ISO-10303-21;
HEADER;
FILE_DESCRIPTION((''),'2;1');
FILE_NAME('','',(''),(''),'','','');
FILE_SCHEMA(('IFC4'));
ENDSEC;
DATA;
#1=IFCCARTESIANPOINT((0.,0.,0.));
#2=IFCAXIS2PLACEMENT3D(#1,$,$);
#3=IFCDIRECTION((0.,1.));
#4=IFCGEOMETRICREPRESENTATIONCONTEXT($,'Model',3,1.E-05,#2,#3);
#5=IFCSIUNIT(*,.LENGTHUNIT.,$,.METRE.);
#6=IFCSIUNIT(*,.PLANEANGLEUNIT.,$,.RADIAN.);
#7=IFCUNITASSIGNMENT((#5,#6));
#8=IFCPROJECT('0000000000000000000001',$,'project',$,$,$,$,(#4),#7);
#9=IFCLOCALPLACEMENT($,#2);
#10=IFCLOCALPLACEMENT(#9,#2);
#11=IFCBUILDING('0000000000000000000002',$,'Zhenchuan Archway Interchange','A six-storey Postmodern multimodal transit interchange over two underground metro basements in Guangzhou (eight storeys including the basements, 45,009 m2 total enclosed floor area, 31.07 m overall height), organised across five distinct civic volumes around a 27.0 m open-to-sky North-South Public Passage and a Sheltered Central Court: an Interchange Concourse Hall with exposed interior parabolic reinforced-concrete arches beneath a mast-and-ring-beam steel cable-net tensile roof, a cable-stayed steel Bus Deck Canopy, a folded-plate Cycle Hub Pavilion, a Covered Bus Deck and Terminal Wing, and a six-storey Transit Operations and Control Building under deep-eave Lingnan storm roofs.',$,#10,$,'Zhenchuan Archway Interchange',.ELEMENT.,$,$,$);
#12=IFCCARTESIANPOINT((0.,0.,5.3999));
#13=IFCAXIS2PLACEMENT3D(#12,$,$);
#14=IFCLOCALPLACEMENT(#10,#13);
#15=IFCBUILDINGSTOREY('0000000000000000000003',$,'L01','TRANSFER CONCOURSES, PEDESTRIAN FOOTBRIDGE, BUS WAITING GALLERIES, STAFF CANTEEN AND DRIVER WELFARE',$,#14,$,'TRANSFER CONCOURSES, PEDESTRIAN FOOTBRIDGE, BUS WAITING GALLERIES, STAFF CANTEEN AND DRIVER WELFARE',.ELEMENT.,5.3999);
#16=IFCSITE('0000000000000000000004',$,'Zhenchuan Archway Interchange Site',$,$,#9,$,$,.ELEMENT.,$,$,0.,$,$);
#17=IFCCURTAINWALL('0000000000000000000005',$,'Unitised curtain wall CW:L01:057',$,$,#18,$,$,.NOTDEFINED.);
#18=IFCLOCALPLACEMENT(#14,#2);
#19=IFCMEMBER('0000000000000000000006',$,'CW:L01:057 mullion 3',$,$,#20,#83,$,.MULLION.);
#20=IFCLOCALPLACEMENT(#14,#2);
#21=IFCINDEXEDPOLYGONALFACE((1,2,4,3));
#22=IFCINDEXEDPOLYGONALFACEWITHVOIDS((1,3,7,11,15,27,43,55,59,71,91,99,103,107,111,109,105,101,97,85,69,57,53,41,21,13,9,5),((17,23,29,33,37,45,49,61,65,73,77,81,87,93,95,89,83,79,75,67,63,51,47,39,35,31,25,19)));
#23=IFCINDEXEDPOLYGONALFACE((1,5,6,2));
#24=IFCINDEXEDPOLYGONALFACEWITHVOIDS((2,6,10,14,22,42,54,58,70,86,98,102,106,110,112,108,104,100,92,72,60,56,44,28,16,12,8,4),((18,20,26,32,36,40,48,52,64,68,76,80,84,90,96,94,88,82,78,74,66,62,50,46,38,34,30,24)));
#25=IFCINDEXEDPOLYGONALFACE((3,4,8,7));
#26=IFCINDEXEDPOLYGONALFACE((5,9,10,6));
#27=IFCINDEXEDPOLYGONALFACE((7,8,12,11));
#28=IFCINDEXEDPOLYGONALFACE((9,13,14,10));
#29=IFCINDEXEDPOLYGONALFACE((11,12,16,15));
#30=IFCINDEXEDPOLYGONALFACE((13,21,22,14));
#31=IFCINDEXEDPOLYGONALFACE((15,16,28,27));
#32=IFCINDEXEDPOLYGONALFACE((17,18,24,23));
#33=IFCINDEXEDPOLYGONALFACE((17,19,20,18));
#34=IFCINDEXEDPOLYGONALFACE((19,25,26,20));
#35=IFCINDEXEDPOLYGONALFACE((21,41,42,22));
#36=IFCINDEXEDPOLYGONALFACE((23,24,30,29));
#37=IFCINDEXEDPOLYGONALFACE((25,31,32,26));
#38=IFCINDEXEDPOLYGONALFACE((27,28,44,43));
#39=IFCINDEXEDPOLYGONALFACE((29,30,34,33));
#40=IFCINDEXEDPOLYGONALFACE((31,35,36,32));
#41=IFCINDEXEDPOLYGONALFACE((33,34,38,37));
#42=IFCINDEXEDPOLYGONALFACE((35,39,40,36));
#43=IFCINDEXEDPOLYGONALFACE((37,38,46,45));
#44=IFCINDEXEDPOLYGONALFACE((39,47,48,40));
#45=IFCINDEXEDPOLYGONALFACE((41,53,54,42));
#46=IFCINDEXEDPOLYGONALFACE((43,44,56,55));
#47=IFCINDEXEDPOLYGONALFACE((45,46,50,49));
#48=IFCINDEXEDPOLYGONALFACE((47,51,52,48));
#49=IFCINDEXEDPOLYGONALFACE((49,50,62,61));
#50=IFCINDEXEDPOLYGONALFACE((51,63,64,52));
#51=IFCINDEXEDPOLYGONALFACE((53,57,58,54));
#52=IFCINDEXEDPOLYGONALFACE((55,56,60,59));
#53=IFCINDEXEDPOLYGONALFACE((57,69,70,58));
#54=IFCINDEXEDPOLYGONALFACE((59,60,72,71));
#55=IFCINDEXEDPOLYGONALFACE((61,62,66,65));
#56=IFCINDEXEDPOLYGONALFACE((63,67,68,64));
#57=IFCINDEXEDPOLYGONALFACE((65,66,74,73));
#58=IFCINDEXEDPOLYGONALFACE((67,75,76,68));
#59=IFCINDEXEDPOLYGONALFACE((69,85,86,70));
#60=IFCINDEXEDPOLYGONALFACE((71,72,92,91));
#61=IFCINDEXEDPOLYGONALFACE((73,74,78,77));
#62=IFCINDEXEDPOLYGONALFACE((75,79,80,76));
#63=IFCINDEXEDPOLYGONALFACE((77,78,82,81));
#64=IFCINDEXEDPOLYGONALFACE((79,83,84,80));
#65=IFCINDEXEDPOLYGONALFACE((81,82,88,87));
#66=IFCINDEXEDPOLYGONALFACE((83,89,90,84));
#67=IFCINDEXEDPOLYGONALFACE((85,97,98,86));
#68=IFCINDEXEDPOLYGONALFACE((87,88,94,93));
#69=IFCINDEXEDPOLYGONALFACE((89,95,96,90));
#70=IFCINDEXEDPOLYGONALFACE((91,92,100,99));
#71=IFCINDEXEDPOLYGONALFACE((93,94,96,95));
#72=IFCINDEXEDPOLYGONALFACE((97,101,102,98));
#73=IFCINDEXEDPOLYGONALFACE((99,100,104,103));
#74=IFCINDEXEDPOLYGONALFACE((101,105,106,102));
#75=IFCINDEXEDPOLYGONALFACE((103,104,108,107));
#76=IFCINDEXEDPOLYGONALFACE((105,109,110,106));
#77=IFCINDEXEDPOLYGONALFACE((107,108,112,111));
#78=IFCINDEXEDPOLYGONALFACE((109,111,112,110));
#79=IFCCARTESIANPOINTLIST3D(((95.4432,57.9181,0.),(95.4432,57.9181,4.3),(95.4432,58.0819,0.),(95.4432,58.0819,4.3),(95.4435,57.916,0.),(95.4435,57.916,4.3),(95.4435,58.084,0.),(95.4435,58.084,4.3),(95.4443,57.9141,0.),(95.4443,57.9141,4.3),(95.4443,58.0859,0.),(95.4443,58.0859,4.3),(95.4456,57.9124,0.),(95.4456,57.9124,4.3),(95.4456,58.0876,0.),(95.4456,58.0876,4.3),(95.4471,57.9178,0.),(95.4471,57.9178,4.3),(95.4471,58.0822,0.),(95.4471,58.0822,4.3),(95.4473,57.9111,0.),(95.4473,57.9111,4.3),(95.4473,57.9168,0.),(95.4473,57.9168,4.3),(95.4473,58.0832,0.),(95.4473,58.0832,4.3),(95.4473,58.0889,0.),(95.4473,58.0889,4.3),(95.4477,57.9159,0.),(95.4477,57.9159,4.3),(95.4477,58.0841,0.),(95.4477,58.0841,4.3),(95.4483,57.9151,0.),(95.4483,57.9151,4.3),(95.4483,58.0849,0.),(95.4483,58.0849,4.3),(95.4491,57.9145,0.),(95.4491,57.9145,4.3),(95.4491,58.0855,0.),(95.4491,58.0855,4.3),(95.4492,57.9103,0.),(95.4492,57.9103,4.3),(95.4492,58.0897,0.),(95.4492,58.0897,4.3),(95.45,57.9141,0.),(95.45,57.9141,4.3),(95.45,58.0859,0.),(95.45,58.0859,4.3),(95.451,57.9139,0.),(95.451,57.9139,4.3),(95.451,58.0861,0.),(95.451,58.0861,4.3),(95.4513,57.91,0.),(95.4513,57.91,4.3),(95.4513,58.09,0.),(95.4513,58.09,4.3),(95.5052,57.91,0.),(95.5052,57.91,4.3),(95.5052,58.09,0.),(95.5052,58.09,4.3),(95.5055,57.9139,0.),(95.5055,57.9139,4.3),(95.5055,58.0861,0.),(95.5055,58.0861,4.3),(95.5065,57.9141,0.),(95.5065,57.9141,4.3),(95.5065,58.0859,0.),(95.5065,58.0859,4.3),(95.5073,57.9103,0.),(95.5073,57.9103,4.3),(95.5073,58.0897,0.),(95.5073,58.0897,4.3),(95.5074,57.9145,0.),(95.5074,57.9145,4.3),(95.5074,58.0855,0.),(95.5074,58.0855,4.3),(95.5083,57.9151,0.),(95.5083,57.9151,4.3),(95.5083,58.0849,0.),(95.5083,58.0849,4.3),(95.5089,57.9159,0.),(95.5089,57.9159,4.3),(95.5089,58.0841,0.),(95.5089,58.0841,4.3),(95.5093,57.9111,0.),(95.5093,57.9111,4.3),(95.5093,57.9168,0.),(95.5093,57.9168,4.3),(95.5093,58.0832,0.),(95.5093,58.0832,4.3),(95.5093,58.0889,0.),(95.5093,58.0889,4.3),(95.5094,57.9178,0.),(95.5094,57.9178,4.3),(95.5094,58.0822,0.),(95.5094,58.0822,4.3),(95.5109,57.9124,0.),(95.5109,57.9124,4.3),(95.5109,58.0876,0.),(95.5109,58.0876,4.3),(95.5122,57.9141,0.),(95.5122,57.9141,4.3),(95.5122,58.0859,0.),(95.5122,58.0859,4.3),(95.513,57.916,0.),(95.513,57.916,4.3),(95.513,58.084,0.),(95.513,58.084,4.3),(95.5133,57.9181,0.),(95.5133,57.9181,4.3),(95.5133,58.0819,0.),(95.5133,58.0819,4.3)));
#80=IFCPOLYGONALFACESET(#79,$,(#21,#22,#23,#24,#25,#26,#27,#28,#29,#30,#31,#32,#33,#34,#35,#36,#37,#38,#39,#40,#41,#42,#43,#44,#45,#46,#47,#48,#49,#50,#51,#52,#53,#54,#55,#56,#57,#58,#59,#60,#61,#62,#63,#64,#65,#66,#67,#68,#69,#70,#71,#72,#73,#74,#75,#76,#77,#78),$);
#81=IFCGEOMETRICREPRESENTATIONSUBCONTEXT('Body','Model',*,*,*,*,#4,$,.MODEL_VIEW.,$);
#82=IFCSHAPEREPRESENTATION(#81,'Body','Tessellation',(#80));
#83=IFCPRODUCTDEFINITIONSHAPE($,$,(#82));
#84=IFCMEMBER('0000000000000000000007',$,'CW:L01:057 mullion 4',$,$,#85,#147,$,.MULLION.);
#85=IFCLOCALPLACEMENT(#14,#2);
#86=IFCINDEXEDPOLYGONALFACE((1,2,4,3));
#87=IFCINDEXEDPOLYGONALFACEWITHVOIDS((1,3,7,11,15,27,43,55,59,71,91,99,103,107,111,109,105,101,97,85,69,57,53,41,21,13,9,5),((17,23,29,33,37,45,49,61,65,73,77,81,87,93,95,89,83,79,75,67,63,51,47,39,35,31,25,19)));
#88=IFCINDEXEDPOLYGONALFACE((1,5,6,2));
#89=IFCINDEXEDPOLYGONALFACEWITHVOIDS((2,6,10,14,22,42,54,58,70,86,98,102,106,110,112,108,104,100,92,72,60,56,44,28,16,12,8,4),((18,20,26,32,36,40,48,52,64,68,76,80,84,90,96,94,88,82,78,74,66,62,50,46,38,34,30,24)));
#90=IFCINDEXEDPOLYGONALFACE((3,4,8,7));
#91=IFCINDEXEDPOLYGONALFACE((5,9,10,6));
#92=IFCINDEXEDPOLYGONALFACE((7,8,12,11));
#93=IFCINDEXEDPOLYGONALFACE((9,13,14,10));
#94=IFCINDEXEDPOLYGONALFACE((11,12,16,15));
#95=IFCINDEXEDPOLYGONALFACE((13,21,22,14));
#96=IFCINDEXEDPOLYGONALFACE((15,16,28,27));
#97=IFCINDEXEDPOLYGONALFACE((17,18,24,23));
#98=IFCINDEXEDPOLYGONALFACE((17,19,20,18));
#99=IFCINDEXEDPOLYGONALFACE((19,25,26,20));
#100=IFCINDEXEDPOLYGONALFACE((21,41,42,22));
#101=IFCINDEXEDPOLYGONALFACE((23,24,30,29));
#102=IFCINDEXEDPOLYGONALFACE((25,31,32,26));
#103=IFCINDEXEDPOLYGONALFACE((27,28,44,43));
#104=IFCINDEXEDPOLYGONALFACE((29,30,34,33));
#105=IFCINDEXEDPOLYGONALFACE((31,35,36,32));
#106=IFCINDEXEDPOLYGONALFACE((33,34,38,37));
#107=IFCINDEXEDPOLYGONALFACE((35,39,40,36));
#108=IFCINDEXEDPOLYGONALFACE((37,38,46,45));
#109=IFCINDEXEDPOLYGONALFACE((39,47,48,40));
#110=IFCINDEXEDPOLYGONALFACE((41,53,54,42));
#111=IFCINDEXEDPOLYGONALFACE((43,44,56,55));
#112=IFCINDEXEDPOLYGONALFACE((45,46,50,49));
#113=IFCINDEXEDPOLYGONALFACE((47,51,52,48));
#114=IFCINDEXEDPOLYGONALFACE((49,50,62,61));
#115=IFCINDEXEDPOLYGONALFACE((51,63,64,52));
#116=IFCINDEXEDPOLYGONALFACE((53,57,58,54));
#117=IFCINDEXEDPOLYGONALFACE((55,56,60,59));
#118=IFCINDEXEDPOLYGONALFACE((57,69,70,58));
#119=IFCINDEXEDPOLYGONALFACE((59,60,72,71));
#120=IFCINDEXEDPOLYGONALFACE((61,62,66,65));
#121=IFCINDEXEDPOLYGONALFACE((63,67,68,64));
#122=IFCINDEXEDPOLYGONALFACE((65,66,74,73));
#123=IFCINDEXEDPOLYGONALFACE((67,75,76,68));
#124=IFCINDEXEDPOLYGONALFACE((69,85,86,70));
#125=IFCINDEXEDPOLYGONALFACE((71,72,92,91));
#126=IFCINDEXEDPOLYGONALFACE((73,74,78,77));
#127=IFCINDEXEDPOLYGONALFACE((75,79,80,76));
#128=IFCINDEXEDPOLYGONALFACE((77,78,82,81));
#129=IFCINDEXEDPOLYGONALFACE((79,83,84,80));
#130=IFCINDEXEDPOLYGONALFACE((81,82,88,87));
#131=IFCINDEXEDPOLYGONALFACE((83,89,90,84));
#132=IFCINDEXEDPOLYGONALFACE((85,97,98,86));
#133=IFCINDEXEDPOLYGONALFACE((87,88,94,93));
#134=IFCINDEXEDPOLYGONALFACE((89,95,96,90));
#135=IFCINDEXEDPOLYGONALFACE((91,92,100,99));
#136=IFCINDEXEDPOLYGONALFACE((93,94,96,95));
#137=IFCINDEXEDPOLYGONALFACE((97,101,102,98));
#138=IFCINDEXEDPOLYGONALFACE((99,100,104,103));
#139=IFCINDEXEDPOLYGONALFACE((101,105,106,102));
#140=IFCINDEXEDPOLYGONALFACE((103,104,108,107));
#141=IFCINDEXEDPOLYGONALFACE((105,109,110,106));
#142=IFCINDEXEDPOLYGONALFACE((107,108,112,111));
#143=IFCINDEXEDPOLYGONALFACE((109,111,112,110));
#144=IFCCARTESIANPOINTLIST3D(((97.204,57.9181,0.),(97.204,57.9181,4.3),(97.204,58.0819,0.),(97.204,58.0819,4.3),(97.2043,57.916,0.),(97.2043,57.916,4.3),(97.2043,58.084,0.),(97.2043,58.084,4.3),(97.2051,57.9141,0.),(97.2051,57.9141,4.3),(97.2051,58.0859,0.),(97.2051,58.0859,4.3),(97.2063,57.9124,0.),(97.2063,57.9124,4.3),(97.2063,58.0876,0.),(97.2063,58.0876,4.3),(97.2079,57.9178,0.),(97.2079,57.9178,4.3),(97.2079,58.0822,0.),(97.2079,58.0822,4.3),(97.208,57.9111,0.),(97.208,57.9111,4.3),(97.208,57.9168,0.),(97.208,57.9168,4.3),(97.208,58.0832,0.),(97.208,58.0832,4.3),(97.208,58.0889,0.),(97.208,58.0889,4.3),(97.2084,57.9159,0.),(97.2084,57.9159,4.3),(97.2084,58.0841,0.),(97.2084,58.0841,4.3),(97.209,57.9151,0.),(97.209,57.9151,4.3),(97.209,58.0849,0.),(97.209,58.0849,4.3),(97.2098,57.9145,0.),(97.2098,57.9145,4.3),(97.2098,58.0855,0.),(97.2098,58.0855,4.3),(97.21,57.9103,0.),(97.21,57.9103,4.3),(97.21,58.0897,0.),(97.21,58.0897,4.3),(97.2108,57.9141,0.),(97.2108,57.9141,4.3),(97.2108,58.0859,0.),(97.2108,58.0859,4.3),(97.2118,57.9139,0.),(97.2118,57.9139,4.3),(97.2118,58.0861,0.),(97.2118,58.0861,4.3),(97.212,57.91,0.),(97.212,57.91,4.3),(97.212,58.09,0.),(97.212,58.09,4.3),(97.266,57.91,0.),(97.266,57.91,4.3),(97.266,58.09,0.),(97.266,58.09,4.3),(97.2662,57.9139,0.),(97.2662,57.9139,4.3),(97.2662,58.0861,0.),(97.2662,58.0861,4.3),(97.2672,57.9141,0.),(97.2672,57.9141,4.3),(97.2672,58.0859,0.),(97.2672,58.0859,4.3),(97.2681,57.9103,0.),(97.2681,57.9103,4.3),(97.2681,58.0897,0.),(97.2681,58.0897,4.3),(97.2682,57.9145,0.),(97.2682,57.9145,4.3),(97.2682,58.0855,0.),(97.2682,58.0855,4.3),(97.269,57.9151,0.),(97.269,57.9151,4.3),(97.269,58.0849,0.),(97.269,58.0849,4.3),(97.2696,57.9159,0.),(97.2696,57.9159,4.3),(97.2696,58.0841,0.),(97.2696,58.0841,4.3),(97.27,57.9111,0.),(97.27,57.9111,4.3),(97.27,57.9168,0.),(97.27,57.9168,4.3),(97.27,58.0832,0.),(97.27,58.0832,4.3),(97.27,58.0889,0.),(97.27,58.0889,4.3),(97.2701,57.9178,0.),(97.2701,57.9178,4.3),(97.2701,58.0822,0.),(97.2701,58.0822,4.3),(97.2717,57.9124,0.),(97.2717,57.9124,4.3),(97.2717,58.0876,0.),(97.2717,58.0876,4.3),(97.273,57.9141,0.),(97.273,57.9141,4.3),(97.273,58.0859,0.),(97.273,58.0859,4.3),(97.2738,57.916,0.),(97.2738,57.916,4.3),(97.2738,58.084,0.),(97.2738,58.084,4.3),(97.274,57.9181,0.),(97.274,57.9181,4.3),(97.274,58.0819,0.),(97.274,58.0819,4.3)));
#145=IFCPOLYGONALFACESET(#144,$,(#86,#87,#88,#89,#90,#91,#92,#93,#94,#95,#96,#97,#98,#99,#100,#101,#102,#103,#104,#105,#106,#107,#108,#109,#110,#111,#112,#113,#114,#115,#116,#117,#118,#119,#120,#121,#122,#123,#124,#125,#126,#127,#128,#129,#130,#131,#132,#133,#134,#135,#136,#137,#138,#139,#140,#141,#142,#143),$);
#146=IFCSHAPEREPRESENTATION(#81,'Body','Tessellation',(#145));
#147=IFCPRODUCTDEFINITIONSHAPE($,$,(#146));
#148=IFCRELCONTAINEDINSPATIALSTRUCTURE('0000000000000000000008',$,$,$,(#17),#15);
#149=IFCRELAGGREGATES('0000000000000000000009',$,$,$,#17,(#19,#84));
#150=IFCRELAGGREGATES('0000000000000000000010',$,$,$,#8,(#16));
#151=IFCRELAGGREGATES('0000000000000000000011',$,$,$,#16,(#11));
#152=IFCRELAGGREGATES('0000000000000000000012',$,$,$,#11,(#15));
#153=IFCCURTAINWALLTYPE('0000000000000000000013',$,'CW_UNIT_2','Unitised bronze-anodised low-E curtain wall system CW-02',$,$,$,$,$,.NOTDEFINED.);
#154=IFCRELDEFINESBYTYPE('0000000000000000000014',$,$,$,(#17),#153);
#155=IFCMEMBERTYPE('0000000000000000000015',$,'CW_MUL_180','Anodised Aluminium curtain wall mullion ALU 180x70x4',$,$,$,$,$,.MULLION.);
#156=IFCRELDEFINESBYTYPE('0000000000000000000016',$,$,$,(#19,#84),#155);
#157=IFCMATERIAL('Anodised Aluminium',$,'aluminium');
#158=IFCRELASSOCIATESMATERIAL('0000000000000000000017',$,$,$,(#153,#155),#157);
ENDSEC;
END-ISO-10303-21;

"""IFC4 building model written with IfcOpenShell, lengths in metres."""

from ifc_helpers import new_model, si_unit, direction, frame, origin, origin_2d, place, context, subcontext, project, spatial, hollow_rectangle, extrude, material, material_profile, profile_set, type_object, element, aggregate, save


model = new_model("IFC4")

# Units and contexts
model_context = context("Model", 3, precision=1e-05, world=origin(), true_north=direction((0.0, 1.0)))
body_context = subcontext(model_context, "Body", "Model", "MODEL_VIEW")
ifc_project = project(units=[si_unit("LENGTHUNIT", "METRE"), si_unit("PLANEANGLEUNIT", "RADIAN")], contexts=[model_context])

# Site, building, storey
site_placement = place(None, origin())
site = spatial("IfcSite", under=ifc_project, at=site_placement, Name="Zhenchuan Archway Interchange Site", CompositionType="ELEMENT", RefElevation=0.0)
building_placement = place(site_placement, origin())
building = spatial("IfcBuilding", under=site, at=building_placement, Name="Zhenchuan Archway Interchange", Description="A six-storey Postmodern multimodal transit interchange over two underground metro basements in Guangzhou (eight storeys including the basements, 45,009 m2 total enclosed floor area, 31.07 m overall height), organised across five distinct civic volumes around a 27.0 m open-to-sky North-South Public Passage and a Sheltered Central Court: an Interchange Concourse Hall with exposed interior parabolic reinforced-concrete arches beneath a mast-and-ring-beam steel cable-net tensile roof, a cable-stayed steel Bus Deck Canopy, a folded-plate Cycle Hub Pavilion, a Covered Bus Deck and Terminal Wing, and a six-storey Transit Operations and Control Building under deep-eave Lingnan storm roofs.", LongName="Zhenchuan Archway Interchange", CompositionType="ELEMENT")
storey_placement = place(building_placement, frame((0.0, 0.0, 5.3999)))
storey = spatial("IfcBuildingStorey", under=building, at=storey_placement, Name="L01", Description="TRANSFER CONCOURSES, PEDESTRIAN FOOTBRIDGE, BUS WAITING GALLERIES, STAFF CANTEEN AND DRIVER WELFARE", LongName="TRANSFER CONCOURSES, PEDESTRIAN FOOTBRIDGE, BUS WAITING GALLERIES, STAFF CANTEEN AND DRIVER WELFARE", CompositionType="ELEMENT", Elevation=5.3999)

# Shared definitions
ifc_material_1 = material(Name="Anodised Aluminium", Category="aluminium")

# Curtain wall, members
curtain_wall_type_1 = type_object("IfcCurtainWallType", Name="CW_UNIT_2", Description="Unitised bronze-anodised low-E curtain wall system CW-02", PredefinedType="NOTDEFINED", material=ifc_material_1)
curtain_wall_1_placement = place(storey_placement, origin())
curtain_wall_1 = element("IfcCurtainWall", 1, at=curtain_wall_1_placement, inside=storey, type_object=curtain_wall_type_1, Name="Unitised curtain wall CW:L01:057", PredefinedType="NOTDEFINED")
ifc_material_profile_1 = material_profile(ifc_material_1, hollow_rectangle(XDim=0.0701, YDim=0.1799, WallThickness=0.0039, InnerFilletRadius=0.0039, OuterFilletRadius=0.0081, at=origin_2d()), Name="ALU 180x70x4")
ifc_profile_set_1 = profile_set([ifc_material_profile_1], Name="Anodised Aluminium")
member_type_1 = type_object("IfcMemberType", Name="CW_MUL_180", Description="Anodised Aluminium curtain wall mullion ALU 180x70x4", PredefinedType="MULLION", material=ifc_profile_set_1)
member_1_placement = place(storey_placement, frame((95.4783, 58.0, 0.0), z_axis=(0.0, 0.0, 1.0), x_axis=(1.0, 0.0, 0.0)))
member_1 = element("IfcMember", 2, at=member_1_placement, type_object=member_type_1, Name="CW:L01:057 mullion 3", PredefinedType="MULLION", context=body_context, shape_type="SweptSolid", body=[
    extrude(hollow_rectangle(XDim=0.0701, YDim=0.1799, WallThickness=0.0039, InnerFilletRadius=0.0039, OuterFilletRadius=0.0081, at=origin_2d()), origin(), (0.0, 0.0, 1.0), 4.3),
])
member_2_placement = place(storey_placement, frame((97.239, 58.0, 0.0), z_axis=(0.0, 0.0, 1.0), x_axis=(1.0, 0.0, 0.0)))
member_2 = element("IfcMember", 3, at=member_2_placement, type_object=member_type_1, Name="CW:L01:057 mullion 4", PredefinedType="MULLION", context=body_context, shape_type="SweptSolid", body=[
    extrude(hollow_rectangle(XDim=0.0701, YDim=0.1799, WallThickness=0.0039, InnerFilletRadius=0.0039, OuterFilletRadius=0.0081, at=origin_2d()), origin(), (0.0, 0.0, 1.0), 4.3),
])

aggregate(curtain_wall_1, [member_1, member_2])

save(model, "model.ifc")
